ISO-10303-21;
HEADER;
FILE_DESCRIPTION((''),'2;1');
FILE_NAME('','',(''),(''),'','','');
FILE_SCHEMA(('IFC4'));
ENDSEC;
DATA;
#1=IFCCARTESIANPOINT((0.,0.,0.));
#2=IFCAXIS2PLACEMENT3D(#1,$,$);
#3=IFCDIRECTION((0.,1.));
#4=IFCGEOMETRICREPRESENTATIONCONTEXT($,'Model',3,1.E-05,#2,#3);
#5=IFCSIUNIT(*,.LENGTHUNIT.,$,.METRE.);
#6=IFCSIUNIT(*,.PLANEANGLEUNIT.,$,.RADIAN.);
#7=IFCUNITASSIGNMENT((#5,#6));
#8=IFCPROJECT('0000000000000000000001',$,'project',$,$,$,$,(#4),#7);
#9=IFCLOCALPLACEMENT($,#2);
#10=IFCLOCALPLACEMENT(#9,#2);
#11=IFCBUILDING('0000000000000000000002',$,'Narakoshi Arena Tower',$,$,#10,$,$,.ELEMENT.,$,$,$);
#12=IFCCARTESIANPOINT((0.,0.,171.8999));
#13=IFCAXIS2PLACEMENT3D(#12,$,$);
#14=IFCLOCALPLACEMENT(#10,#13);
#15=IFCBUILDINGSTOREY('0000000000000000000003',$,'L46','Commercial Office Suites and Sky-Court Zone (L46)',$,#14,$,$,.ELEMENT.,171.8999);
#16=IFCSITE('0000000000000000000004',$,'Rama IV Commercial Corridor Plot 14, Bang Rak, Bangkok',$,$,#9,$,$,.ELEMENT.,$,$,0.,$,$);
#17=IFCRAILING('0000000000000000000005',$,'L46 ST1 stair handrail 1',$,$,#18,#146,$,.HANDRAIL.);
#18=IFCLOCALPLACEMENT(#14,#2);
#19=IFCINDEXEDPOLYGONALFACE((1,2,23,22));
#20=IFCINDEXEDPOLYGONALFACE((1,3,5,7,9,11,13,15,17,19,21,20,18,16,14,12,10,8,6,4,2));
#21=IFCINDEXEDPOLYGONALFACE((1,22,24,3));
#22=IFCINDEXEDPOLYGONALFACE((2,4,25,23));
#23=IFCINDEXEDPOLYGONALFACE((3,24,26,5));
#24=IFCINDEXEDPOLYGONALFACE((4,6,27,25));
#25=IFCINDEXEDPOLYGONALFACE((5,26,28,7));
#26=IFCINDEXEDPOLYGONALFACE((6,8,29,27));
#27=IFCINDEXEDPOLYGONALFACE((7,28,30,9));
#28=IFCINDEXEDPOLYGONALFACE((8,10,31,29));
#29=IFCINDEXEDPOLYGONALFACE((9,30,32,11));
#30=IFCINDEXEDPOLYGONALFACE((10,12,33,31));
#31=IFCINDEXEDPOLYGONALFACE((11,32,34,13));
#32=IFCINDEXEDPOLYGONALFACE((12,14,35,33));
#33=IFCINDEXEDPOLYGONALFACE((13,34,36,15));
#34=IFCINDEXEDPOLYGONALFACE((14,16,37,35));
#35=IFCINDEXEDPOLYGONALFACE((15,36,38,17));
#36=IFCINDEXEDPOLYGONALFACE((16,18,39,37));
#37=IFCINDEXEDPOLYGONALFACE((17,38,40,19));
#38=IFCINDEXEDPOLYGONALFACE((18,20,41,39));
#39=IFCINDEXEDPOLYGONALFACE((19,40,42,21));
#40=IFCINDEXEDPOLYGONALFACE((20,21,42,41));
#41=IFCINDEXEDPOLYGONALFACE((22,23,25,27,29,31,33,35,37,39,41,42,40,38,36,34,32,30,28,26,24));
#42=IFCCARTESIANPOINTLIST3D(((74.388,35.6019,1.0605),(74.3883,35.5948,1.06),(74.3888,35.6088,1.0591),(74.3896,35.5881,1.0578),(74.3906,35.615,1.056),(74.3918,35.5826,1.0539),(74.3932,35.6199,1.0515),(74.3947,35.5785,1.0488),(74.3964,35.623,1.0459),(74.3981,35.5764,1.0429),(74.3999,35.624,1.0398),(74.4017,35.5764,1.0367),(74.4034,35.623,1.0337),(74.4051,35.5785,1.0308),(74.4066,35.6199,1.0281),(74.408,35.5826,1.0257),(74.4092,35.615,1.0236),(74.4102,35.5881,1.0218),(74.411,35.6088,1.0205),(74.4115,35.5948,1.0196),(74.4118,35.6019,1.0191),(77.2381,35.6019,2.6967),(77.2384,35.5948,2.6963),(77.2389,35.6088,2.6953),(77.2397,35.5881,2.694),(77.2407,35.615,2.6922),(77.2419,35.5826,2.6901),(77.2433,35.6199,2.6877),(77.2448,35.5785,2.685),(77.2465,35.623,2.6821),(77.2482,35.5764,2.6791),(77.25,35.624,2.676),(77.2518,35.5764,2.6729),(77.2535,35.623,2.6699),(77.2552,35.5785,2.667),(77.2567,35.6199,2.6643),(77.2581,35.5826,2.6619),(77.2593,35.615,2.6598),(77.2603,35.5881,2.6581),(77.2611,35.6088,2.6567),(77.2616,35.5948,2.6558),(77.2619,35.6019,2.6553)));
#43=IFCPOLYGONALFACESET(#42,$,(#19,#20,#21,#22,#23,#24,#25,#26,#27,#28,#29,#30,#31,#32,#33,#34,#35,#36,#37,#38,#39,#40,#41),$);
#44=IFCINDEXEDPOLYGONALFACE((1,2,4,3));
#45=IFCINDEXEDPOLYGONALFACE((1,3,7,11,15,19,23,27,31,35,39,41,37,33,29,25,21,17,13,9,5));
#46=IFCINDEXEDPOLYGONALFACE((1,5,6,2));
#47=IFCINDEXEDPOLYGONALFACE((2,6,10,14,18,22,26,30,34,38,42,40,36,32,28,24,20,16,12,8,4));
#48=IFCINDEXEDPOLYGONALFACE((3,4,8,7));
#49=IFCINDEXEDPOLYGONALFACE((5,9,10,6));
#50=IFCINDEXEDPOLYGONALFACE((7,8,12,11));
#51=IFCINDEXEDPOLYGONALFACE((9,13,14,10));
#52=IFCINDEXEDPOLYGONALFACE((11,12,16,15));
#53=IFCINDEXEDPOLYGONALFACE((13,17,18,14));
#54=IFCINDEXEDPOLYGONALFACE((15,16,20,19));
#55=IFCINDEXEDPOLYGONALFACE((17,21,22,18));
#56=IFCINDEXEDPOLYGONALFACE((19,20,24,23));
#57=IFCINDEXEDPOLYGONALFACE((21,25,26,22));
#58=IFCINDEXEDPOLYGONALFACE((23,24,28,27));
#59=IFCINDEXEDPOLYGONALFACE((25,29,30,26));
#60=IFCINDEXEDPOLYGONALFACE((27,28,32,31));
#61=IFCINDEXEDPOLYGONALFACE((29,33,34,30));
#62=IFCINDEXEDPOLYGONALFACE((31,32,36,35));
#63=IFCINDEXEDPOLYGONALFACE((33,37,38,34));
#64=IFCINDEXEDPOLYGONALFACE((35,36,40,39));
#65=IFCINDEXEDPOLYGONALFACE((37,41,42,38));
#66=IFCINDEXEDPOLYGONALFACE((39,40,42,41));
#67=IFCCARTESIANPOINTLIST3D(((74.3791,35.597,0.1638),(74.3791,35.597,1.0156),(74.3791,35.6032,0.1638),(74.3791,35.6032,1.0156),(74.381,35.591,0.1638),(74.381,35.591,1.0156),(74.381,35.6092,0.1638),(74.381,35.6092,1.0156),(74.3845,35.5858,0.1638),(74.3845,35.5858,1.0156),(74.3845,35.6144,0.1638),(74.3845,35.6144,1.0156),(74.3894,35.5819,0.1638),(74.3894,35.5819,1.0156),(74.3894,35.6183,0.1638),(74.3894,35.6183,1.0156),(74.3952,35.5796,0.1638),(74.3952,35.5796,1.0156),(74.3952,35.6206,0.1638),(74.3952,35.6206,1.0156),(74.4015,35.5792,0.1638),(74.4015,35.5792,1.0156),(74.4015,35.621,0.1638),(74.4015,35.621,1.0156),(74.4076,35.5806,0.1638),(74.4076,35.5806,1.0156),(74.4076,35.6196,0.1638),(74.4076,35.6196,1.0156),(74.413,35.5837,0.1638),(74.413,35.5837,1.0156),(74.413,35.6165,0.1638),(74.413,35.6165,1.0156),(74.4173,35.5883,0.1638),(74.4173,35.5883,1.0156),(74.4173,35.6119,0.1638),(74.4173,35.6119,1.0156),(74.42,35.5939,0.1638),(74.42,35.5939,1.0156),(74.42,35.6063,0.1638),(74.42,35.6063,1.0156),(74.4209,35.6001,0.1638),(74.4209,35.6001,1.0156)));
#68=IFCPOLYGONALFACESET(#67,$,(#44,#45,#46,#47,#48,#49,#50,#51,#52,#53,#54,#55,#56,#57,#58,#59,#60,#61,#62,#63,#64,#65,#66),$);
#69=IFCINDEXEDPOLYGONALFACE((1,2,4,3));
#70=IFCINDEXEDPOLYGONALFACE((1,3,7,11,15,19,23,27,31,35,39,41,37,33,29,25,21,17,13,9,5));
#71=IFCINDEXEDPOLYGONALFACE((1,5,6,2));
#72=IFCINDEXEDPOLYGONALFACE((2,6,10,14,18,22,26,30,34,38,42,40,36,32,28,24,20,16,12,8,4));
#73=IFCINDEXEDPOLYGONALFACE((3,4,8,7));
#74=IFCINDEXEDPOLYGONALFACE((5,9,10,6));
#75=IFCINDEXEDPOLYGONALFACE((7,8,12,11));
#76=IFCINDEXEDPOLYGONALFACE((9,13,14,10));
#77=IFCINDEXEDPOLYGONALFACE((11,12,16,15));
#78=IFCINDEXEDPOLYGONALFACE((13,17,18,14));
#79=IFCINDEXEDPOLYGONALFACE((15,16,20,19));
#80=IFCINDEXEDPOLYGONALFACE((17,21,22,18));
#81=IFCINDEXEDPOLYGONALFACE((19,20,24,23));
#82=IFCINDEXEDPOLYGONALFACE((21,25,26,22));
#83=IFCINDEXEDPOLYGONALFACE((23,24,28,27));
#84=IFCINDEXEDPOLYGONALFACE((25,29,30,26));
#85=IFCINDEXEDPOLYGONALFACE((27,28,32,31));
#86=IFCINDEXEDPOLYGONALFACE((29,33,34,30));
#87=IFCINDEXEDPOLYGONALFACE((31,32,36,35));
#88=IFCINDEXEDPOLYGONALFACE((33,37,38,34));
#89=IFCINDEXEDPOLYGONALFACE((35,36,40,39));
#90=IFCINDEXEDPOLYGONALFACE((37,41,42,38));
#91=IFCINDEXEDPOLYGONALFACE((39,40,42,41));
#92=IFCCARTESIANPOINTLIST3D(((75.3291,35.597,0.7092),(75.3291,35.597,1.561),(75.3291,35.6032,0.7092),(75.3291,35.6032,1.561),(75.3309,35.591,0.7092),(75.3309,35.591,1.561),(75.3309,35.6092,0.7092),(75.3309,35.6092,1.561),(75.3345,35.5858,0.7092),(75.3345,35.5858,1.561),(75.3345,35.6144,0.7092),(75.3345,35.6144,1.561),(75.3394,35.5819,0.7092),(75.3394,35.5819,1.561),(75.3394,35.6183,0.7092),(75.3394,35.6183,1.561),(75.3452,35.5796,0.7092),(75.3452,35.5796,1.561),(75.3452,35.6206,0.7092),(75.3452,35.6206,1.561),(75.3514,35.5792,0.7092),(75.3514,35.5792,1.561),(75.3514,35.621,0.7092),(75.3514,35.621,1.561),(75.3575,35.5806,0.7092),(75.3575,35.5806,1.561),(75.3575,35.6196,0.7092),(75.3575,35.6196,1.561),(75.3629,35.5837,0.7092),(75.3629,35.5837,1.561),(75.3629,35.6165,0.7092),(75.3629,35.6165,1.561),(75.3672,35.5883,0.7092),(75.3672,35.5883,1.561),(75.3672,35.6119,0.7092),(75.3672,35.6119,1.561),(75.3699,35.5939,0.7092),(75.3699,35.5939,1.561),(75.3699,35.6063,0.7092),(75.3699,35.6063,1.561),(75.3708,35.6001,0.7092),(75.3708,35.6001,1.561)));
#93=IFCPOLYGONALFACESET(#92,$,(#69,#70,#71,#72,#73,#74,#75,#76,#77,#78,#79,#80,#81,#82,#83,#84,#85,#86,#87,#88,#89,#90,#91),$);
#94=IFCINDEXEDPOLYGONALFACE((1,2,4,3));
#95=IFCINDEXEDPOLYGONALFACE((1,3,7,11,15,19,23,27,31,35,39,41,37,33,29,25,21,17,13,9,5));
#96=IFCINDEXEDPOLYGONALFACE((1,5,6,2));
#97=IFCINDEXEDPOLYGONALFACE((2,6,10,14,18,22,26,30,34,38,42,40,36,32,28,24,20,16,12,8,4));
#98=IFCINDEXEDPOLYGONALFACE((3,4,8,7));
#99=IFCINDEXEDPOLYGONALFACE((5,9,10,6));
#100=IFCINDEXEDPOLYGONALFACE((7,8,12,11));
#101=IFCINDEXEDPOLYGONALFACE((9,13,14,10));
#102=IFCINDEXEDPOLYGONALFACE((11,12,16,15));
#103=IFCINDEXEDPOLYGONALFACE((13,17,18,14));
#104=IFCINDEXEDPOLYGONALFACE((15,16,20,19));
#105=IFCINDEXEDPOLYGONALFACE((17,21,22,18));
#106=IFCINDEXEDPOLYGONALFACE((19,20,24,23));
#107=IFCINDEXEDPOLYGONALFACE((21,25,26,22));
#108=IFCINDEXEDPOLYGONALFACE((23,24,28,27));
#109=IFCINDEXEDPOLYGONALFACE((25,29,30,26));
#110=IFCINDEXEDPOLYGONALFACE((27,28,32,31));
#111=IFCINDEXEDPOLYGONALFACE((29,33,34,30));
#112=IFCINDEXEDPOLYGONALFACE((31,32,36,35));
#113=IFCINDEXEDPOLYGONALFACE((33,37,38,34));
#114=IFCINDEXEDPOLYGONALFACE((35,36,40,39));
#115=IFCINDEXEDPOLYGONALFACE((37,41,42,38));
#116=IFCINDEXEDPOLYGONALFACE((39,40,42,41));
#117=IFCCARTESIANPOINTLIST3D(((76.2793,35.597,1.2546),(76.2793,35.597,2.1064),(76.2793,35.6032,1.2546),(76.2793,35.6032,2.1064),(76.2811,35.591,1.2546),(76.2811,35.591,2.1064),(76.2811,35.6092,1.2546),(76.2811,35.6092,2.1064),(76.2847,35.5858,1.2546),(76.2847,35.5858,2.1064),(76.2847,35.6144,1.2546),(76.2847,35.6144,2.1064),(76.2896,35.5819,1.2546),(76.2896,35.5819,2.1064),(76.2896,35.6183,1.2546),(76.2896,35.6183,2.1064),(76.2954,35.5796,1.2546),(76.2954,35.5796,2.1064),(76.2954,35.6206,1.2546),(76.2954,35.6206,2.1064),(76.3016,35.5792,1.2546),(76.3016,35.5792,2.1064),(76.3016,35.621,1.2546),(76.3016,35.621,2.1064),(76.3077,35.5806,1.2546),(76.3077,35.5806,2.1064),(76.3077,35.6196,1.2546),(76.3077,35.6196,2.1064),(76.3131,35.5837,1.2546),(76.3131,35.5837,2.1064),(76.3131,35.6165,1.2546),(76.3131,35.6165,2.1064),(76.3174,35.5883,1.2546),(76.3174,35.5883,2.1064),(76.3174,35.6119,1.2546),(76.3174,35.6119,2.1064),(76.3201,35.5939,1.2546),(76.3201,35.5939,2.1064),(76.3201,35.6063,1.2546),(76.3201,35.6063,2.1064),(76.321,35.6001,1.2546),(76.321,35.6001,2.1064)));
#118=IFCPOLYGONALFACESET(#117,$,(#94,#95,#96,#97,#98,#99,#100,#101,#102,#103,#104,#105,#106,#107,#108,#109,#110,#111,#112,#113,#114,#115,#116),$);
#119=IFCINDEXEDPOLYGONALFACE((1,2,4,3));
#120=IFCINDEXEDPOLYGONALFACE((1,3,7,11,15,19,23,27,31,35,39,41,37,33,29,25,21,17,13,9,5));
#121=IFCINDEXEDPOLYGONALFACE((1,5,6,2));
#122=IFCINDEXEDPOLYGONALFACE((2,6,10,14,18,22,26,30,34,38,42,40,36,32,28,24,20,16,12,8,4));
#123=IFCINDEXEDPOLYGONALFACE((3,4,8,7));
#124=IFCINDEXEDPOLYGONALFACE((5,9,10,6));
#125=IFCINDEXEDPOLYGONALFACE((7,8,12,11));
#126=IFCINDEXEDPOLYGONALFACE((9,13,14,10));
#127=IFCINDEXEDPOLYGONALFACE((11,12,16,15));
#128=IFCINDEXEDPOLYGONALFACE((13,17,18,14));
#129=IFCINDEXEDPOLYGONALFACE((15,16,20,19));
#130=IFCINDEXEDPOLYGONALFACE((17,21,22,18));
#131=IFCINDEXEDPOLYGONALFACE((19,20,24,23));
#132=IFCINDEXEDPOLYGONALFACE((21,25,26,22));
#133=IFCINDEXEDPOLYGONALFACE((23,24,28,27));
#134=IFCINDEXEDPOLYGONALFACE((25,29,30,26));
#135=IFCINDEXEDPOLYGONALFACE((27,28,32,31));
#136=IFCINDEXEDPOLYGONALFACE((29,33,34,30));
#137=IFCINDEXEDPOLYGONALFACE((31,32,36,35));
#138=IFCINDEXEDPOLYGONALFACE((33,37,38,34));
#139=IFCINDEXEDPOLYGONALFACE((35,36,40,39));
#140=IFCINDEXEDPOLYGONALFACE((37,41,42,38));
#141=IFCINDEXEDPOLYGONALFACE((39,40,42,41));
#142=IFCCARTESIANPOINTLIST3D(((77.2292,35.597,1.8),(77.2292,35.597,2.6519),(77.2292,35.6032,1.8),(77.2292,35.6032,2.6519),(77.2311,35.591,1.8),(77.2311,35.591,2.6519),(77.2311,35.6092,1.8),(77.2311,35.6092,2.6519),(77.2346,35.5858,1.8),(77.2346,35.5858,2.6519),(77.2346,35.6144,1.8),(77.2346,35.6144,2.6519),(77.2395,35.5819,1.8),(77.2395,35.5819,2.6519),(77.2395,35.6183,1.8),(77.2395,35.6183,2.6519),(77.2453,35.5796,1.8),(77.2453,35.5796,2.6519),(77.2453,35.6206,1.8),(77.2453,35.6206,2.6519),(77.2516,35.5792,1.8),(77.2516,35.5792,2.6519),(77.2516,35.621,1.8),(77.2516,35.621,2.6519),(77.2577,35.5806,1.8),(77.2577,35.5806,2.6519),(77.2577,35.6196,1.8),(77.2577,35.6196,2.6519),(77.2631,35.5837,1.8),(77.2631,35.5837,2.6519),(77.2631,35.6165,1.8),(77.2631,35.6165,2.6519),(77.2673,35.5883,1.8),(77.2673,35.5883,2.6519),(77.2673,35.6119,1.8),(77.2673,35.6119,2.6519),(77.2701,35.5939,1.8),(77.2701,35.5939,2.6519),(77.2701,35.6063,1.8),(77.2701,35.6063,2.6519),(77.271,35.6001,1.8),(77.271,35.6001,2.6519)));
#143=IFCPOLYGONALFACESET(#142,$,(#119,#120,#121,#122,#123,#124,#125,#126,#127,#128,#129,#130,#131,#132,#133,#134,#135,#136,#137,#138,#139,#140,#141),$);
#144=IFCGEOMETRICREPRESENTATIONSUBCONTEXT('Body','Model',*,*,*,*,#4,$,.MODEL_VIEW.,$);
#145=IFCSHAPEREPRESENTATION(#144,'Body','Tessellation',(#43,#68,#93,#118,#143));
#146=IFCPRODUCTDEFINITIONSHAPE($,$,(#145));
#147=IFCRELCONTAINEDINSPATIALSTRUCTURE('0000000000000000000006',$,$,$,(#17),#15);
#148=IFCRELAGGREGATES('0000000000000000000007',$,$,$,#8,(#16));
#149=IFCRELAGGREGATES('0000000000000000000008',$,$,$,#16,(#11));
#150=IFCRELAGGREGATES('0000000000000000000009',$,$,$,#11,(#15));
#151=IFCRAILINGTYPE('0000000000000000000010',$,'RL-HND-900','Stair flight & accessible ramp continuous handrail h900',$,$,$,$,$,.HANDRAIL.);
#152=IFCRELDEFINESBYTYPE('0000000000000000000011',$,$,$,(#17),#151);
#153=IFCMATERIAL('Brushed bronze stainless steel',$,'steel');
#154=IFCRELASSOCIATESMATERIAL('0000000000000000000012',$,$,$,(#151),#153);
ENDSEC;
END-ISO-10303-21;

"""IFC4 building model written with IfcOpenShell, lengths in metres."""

from ifc_helpers import new_model, si_unit, direction, frame, origin, origin_2d, place, context, subcontext, project, spatial, circle, extrude, material, type_object, element, save


model = new_model("IFC4")

# Units and contexts
model_context = context("Model", 3, precision=1e-05, world=origin(), true_north=direction((0.0, 1.0)))
body_context = subcontext(model_context, "Body", "Model", "MODEL_VIEW")
ifc_project = project(units=[si_unit("LENGTHUNIT", "METRE"), si_unit("PLANEANGLEUNIT", "RADIAN")], contexts=[model_context])

# Site, building, storey
site_placement = place(None, origin())
site = spatial("IfcSite", under=ifc_project, at=site_placement, Name="Rama IV Commercial Corridor Plot 14, Bang Rak, Bangkok", CompositionType="ELEMENT", RefElevation=0.0)
building_placement = place(site_placement, origin())
building = spatial("IfcBuilding", under=site, at=building_placement, Name="Narakoshi Arena Tower", CompositionType="ELEMENT")
storey_placement = place(building_placement, frame((0.0, 0.0, 171.8999)))
storey = spatial("IfcBuildingStorey", under=building, at=storey_placement, Name="L46", Description="Commercial Office Suites and Sky-Court Zone (L46)", CompositionType="ELEMENT", Elevation=171.8999)

# Railing
ifc_material_1 = material(Name="Brushed bronze stainless steel", Category="steel")
railing_type_1 = type_object("IfcRailingType", Name="RL-HND-900", Description="Stair flight & accessible ramp continuous handrail h900", PredefinedType="HANDRAIL", material=ifc_material_1)
railing_1_placement = place(storey_placement, frame((74.3999, 35.6001, 0.1638)))
element("IfcRailing", 1, at=railing_1_placement, inside=storey, type_object=railing_type_1, Name="L46 ST1 stair handrail 1", PredefinedType="HANDRAIL", context=body_context, shape_type="SweptSolid", body=[
    extrude(circle(Radius=0.0239, at=origin_2d()), frame((0.0, 0.0, 0.876), z_axis=(0.867245, 0.0, 0.497882), x_axis=(0.0, 1.0, 0.0)), (0.0, 0.0, 1.0), 3.2864),
    extrude(circle(Radius=0.021, at=origin_2d()), origin(), (0.0, 0.0, 1.0), 0.8518),
    extrude(circle(Radius=0.021, at=origin_2d()), frame((0.95, 0.0, 0.5454)), (0.0, 0.0, 1.0), 0.8518),
    extrude(circle(Radius=0.021, at=origin_2d()), frame((1.9001, 0.0, 1.0908)), (0.0, 0.0, 1.0), 0.8518),
    extrude(circle(Radius=0.021, at=origin_2d()), frame((2.8501, 0.0, 1.6362)), (0.0, 0.0, 1.0), 0.8518),
])

save(model, "model.ifc")
